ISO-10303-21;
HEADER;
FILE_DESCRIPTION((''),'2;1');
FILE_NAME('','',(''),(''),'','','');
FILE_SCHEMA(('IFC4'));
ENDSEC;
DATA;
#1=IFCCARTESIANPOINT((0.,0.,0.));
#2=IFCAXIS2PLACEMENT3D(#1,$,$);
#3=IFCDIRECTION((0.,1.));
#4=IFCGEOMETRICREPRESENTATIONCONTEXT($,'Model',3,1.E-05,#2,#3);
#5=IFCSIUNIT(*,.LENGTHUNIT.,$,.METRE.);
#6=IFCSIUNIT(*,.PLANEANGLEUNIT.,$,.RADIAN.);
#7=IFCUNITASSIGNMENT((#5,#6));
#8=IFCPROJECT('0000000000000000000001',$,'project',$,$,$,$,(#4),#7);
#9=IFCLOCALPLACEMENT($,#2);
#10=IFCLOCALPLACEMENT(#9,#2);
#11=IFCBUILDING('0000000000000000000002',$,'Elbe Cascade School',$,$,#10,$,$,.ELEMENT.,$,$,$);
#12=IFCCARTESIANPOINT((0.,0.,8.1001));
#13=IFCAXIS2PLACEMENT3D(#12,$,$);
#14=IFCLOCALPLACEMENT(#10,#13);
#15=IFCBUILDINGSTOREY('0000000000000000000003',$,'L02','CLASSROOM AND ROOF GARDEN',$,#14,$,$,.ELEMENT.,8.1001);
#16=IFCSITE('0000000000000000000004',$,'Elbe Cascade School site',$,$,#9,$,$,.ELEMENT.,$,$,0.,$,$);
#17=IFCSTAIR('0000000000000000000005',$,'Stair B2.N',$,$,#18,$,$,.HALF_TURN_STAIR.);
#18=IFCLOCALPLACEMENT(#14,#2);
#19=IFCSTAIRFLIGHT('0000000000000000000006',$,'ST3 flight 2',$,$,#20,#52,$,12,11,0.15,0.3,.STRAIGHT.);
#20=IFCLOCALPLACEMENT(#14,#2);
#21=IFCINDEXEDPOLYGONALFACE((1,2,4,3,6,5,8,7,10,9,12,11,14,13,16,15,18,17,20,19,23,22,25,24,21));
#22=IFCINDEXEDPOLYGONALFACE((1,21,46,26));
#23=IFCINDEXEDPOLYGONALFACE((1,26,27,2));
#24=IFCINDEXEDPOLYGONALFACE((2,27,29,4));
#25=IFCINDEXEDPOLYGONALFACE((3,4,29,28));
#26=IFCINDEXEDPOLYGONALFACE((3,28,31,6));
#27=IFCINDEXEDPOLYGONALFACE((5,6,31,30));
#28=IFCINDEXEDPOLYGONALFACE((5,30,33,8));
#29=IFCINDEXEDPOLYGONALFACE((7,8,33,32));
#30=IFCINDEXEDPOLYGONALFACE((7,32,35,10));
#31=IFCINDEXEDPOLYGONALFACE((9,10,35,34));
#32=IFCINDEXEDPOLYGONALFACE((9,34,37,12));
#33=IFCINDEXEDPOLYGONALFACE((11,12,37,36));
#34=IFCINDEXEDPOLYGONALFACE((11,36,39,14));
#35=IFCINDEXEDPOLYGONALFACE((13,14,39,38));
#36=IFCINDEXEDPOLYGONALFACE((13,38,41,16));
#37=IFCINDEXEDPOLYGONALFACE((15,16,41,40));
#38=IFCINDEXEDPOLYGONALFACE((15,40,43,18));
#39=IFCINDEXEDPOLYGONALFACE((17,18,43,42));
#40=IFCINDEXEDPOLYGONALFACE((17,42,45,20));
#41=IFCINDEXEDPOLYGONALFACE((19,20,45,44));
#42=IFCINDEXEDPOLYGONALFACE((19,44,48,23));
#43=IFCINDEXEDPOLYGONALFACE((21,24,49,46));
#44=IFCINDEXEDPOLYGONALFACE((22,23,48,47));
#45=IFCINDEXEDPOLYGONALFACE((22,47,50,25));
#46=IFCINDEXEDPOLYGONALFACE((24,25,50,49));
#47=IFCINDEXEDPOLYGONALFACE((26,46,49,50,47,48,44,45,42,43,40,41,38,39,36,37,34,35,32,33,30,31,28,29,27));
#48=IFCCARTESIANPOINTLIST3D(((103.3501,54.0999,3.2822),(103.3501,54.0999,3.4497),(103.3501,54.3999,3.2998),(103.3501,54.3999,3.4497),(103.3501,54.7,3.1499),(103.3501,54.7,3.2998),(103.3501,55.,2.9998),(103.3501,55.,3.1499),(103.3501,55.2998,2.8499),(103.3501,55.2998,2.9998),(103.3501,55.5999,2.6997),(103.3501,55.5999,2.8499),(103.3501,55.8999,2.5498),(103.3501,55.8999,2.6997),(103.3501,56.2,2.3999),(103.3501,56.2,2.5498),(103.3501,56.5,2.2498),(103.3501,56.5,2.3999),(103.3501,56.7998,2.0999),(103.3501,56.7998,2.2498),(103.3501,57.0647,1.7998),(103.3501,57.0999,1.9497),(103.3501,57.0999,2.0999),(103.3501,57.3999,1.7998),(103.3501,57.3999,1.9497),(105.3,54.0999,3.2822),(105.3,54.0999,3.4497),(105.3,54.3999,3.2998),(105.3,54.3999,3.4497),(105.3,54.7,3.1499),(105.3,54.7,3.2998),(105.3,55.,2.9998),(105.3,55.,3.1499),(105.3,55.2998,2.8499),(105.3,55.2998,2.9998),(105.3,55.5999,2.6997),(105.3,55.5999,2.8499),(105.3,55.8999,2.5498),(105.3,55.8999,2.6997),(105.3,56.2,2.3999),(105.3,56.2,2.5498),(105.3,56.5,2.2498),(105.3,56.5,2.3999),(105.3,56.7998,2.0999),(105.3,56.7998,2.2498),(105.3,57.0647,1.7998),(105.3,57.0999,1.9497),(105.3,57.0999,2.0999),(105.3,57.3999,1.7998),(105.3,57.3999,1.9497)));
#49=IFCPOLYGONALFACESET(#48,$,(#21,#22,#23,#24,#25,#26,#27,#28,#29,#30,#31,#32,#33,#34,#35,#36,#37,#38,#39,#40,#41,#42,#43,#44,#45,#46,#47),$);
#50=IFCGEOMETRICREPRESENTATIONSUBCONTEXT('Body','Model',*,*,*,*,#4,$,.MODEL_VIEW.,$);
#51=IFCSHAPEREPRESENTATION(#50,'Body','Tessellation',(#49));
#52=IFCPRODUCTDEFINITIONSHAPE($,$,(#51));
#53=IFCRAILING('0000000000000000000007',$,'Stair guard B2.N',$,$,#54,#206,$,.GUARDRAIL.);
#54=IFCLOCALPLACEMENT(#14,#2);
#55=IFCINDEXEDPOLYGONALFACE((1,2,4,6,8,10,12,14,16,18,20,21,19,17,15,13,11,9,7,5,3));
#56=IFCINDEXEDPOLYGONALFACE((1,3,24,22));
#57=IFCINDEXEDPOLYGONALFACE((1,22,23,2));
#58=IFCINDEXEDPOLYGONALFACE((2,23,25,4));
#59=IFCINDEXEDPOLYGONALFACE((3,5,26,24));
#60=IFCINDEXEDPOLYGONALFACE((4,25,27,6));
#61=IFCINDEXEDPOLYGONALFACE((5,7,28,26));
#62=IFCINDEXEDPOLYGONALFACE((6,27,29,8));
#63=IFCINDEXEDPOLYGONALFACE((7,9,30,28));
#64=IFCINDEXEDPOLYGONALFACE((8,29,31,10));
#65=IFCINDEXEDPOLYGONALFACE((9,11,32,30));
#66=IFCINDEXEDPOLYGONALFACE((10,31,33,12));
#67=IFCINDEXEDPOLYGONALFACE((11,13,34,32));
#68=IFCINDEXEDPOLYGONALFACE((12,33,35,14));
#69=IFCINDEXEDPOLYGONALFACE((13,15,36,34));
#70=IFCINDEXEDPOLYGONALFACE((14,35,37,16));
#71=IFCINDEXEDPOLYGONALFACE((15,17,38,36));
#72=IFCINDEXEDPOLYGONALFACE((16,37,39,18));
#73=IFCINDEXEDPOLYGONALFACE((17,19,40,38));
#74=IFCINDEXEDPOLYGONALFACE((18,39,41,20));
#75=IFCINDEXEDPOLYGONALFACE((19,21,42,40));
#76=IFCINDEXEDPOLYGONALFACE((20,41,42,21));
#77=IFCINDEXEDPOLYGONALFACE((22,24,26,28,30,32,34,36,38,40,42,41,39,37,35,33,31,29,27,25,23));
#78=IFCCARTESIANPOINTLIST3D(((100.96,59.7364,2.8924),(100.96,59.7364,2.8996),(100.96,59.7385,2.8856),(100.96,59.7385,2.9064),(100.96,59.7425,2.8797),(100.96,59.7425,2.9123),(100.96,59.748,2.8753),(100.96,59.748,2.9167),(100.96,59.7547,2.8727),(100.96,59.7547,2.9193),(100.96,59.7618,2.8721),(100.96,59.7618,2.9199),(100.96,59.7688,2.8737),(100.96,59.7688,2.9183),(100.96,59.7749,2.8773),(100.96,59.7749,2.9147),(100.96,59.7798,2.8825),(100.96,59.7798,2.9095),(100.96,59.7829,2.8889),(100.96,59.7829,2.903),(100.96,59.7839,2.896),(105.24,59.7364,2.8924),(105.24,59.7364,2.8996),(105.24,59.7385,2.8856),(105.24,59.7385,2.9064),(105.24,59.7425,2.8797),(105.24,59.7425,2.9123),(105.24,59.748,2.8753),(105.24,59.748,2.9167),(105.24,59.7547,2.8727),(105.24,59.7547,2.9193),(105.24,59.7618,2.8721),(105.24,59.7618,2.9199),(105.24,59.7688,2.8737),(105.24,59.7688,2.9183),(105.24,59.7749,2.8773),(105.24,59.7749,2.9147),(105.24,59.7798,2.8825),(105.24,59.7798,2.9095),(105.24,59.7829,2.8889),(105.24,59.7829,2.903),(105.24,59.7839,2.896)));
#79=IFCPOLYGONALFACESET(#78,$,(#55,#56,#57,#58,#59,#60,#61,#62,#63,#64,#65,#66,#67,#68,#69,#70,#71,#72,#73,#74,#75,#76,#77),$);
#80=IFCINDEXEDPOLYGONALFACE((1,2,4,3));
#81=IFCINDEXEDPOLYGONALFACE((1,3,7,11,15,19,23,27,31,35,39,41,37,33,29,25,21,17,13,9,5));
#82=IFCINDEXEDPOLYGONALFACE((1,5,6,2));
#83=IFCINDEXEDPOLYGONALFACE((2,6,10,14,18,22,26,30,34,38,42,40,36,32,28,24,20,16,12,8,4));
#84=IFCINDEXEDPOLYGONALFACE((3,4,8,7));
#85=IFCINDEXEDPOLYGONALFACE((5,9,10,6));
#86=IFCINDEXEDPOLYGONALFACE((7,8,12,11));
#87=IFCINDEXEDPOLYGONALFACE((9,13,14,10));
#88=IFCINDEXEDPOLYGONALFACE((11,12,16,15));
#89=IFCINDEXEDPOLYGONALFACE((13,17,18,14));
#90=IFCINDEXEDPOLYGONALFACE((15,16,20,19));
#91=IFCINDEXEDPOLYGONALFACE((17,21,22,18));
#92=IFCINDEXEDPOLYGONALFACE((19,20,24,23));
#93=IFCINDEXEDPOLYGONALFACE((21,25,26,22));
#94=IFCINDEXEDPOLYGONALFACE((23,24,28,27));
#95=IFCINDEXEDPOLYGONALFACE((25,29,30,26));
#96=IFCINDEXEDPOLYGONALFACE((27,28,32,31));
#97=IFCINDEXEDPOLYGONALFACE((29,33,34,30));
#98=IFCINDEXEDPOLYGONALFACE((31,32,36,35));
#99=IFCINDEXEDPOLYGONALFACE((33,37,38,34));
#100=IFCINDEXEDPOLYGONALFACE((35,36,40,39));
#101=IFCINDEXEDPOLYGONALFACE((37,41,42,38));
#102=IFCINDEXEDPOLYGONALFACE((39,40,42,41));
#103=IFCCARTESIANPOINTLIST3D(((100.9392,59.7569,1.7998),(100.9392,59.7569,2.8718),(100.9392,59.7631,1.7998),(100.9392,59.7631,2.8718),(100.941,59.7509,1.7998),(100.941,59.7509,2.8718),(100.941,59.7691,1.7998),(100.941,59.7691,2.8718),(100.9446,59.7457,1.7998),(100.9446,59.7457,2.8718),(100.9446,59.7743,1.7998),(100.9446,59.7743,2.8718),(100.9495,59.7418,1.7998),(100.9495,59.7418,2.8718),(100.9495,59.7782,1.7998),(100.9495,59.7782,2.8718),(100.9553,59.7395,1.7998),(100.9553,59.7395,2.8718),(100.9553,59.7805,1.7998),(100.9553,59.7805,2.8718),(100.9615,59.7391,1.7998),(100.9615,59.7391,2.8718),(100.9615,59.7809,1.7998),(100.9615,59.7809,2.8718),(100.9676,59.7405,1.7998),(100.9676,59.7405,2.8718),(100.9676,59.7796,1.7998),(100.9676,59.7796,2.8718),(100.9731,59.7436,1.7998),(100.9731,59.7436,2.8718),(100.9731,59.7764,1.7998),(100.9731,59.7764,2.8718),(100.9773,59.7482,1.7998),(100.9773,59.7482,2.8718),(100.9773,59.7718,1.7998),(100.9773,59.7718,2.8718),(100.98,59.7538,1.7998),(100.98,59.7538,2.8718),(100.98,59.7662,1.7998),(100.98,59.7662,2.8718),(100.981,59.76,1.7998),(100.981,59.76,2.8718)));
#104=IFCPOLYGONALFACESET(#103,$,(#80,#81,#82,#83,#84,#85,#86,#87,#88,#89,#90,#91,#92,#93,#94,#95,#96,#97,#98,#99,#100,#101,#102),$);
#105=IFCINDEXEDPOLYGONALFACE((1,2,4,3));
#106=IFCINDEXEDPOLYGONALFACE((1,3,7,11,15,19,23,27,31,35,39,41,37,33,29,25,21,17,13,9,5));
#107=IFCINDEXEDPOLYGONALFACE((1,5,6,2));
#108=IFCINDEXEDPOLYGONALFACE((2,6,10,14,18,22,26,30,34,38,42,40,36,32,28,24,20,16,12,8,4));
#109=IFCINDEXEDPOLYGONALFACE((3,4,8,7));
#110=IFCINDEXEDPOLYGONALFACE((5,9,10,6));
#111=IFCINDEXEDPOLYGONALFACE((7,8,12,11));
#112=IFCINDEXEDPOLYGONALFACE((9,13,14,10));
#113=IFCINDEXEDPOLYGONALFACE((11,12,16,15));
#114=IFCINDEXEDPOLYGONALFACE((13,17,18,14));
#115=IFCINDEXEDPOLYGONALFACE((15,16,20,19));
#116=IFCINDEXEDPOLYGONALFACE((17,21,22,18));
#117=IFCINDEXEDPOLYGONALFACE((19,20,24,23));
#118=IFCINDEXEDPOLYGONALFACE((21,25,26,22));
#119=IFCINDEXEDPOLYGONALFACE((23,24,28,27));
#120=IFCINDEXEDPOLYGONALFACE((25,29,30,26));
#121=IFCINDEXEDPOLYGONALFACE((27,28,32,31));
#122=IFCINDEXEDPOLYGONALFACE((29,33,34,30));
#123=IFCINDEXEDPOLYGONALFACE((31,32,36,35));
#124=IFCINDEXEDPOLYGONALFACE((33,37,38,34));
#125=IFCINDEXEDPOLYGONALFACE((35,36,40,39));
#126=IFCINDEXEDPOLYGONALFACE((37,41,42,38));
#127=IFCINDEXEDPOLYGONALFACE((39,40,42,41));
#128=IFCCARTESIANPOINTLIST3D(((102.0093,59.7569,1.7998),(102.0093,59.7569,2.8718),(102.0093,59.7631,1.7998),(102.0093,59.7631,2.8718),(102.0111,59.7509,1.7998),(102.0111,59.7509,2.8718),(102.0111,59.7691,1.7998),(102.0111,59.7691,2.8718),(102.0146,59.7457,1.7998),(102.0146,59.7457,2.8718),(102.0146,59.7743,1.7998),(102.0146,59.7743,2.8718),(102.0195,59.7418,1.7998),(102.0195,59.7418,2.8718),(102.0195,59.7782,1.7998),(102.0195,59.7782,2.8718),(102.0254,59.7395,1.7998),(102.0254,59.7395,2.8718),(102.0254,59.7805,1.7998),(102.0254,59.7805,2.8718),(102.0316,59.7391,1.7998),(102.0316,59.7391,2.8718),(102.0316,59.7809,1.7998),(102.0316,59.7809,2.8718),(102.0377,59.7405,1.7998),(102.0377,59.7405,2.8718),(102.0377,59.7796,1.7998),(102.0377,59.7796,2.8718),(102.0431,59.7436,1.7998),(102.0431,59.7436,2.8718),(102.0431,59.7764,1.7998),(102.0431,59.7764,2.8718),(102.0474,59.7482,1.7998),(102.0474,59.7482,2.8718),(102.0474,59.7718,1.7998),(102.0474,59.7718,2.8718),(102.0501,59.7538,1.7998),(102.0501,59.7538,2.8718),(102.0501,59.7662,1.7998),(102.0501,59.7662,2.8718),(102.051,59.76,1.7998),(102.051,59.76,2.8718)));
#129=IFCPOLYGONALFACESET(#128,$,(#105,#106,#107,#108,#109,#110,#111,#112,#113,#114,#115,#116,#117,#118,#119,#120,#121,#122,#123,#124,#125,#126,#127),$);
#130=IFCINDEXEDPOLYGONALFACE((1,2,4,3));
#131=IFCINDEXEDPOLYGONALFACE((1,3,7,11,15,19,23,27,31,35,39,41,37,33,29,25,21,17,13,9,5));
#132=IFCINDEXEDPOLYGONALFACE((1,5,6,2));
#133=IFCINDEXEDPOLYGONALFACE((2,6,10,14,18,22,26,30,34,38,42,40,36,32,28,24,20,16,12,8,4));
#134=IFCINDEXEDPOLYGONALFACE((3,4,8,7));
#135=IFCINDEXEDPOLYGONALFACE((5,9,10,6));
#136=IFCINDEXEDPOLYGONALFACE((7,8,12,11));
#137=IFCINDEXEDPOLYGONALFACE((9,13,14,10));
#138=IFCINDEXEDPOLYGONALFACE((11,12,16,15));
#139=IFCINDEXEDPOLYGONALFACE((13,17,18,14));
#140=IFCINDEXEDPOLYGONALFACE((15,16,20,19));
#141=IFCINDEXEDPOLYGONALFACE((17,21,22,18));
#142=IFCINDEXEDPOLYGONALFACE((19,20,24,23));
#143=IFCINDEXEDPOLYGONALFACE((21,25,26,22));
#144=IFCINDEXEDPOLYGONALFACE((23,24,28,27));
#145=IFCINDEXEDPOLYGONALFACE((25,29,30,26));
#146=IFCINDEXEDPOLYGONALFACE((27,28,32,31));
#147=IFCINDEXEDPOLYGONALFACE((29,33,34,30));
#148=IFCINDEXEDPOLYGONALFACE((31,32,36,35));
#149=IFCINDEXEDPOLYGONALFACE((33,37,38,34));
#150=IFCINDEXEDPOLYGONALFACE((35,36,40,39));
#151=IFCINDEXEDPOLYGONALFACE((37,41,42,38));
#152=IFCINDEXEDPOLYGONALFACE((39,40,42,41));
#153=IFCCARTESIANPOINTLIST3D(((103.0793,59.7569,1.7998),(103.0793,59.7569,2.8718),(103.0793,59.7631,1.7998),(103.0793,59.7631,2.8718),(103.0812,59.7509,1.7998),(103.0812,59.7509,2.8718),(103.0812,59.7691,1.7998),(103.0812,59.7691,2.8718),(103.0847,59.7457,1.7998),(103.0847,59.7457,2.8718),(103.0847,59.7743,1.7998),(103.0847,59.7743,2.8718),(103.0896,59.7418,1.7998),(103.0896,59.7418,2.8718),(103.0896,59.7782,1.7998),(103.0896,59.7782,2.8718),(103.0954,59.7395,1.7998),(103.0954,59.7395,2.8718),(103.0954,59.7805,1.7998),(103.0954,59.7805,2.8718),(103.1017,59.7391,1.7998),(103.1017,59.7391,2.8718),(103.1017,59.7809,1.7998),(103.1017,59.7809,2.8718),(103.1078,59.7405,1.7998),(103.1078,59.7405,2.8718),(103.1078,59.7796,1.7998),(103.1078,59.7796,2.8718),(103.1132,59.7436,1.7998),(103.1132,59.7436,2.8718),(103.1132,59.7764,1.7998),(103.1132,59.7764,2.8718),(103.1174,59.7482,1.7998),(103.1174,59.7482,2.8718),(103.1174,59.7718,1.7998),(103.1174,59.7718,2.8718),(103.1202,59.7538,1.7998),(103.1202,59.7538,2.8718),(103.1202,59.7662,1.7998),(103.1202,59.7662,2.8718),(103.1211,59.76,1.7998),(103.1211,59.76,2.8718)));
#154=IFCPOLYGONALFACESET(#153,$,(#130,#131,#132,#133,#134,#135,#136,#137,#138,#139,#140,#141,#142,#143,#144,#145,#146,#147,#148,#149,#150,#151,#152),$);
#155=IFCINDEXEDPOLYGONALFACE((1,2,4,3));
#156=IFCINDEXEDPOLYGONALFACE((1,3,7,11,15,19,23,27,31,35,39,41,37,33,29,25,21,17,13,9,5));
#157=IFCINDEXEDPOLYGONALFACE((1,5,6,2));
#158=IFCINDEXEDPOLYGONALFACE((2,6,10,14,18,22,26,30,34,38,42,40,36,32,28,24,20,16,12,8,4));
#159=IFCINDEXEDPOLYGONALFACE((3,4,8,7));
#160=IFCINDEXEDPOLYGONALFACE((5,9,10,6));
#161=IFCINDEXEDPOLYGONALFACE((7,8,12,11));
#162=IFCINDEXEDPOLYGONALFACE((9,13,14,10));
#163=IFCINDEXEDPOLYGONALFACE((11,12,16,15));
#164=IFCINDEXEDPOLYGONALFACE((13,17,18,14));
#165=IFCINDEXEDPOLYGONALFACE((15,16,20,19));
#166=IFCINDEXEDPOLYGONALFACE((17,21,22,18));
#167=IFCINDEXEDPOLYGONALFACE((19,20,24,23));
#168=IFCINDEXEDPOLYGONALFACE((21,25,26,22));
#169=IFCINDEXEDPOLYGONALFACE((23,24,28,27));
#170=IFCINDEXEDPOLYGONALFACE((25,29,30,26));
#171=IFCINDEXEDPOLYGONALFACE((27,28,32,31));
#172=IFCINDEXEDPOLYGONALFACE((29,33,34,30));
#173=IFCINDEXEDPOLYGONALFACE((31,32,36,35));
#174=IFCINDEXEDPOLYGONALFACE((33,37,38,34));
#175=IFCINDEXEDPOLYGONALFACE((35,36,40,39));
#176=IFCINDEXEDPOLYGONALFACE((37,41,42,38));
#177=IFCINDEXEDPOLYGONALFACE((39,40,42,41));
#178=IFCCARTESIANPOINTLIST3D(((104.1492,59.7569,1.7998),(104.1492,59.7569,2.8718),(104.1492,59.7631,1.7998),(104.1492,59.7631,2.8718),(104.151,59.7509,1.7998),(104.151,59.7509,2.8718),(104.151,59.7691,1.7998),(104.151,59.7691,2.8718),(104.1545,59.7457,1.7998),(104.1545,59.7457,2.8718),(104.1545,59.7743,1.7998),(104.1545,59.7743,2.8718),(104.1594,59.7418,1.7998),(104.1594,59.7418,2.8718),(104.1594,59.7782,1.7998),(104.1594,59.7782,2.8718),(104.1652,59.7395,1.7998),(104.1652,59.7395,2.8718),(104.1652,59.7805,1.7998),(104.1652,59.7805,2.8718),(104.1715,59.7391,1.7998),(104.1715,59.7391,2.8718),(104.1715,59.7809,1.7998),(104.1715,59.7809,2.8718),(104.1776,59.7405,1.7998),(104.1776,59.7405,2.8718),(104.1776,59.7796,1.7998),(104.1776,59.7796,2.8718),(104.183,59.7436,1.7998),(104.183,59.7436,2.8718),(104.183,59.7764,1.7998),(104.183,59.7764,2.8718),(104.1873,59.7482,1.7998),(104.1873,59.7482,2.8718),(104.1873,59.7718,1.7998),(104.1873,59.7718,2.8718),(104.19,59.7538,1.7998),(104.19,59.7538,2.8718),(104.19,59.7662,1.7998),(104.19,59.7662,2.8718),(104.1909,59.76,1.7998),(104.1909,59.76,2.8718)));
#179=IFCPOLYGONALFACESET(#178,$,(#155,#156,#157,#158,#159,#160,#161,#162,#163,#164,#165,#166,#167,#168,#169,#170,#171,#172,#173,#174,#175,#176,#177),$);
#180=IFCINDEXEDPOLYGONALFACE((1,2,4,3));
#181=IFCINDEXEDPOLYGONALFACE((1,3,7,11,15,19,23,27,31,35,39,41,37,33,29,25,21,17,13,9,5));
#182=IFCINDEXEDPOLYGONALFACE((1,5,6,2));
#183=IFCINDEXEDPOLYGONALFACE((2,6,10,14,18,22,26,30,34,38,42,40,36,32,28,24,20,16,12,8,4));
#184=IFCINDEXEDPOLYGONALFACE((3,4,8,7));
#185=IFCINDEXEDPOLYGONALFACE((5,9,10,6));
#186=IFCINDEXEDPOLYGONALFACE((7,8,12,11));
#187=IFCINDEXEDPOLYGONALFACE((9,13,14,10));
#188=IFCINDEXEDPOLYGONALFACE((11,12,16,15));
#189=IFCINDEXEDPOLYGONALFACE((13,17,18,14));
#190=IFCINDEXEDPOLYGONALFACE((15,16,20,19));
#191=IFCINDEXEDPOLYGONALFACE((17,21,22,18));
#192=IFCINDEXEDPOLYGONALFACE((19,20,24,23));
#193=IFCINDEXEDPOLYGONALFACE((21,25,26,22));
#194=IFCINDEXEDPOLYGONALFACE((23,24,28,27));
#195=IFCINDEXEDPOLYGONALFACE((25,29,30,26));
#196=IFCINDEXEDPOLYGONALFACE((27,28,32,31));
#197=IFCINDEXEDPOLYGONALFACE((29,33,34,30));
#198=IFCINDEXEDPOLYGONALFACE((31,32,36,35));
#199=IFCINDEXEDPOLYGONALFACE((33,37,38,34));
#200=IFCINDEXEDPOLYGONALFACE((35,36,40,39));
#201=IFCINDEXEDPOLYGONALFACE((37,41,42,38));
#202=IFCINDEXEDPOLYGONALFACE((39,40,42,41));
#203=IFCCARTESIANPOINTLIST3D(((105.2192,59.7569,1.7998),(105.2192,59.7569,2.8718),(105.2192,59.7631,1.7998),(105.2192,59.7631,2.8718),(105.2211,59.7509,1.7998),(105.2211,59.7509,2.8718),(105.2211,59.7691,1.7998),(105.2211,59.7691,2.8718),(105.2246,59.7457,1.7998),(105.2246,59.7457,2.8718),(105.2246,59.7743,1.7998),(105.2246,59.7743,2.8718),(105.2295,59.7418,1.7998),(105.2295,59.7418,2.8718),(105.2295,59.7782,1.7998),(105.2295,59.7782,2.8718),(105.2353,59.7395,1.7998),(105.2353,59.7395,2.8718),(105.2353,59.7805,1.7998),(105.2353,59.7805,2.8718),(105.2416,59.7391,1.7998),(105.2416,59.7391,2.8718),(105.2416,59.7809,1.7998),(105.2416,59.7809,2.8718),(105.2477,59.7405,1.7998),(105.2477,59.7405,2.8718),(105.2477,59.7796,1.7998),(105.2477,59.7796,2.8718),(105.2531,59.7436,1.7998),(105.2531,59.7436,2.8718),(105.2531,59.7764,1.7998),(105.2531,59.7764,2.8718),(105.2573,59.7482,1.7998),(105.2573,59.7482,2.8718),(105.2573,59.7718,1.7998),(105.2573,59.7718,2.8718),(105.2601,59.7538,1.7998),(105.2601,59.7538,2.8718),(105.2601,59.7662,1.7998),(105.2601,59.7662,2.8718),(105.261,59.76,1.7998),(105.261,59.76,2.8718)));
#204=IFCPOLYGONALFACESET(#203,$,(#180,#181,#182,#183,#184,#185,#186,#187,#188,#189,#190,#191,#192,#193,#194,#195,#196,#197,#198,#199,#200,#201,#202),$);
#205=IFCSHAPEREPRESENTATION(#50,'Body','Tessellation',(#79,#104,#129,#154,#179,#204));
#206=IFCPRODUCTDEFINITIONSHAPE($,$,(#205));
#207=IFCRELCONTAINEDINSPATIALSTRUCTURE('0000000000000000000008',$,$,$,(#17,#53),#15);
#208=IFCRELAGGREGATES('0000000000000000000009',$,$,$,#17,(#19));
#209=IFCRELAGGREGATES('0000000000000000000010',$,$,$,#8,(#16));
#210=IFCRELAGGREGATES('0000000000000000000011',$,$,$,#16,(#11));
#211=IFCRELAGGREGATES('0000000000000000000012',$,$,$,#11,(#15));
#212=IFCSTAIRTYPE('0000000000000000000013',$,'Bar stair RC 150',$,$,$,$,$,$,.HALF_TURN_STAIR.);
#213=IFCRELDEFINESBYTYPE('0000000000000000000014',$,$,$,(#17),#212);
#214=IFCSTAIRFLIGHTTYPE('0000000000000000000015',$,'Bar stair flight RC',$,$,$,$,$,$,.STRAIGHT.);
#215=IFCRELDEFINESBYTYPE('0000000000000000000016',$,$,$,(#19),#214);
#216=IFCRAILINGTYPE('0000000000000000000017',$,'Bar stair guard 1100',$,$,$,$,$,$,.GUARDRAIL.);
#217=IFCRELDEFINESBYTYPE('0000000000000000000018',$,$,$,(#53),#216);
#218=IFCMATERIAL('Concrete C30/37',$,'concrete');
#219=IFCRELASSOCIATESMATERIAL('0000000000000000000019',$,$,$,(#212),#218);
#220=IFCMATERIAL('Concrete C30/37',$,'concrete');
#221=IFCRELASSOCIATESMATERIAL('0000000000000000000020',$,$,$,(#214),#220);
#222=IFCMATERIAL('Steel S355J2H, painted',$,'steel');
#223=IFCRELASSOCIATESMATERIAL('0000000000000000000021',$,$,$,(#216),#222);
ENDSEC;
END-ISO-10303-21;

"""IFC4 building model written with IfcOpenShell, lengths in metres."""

from ifc_helpers import new_model, si_unit, direction, frame, origin, origin_2d, place, context, subcontext, project, spatial, polyline, circle, outline, extrude, material, type_object, element, aggregate, save


model = new_model("IFC4")

# Units and contexts
model_context = context("Model", 3, precision=1e-05, world=origin(), true_north=direction((0.0, 1.0)))
body_context = subcontext(model_context, "Body", "Model", "MODEL_VIEW")
ifc_project = project(units=[si_unit("LENGTHUNIT", "METRE"), si_unit("PLANEANGLEUNIT", "RADIAN")], contexts=[model_context])

# Site, building, storey
site_placement = place(None, origin())
site = spatial("IfcSite", under=ifc_project, at=site_placement, Name="Elbe Cascade School site", CompositionType="ELEMENT", RefElevation=0.0)
building_placement = place(site_placement, origin())
building = spatial("IfcBuilding", under=site, at=building_placement, Name="Elbe Cascade School", CompositionType="ELEMENT")
storey_placement = place(building_placement, frame((0.0, 0.0, 8.1001)))
storey = spatial("IfcBuildingStorey", under=building, at=storey_placement, Name="L02", Description="CLASSROOM AND ROOF GARDEN", CompositionType="ELEMENT", Elevation=8.1001)

# Stair, stair flight
ifc_material_1 = material(Name="Concrete C30/37", Category="concrete")
stair_type = type_object("IfcStairType", Name="Bar stair RC 150", PredefinedType="HALF_TURN_STAIR", material=ifc_material_1)
stair_placement = place(storey_placement, origin())
stair = element("IfcStair", 1, at=stair_placement, inside=storey, type_object=stair_type, Name="Stair B2.N", PredefinedType="HALF_TURN_STAIR")
ifc_material_2 = material(Name="Concrete C30/37", Category="concrete")
stair_flight_type = type_object("IfcStairFlightType", Name="Bar stair flight RC", PredefinedType="STRAIGHT", material=ifc_material_2)
stair_flight_placement = place(storey_placement, frame((104.325, 57.3999, 1.7998), z_axis=(0.0, 0.0, 1.0), x_axis=(0.0, -1.0, 0.0)))
stair_flight = element("IfcStairFlight", 2, at=stair_flight_placement, type_object=stair_flight_type, Name="ST3 flight 2", NumberOfRisers=12, NumberOfTreads=11, PredefinedType="STRAIGHT", RiserHeight=0.15, TreadLength=0.3, context=body_context, shape_type="SweptSolid", body=[
    extrude(outline(polyline([(0.0, 0.0), (0.0, 0.1499), (0.3, 0.1499), (0.3, 0.3), (0.6001, 0.3), (0.6001, 0.45), (0.8999, 0.45), (0.8999, 0.6001), (1.2, 0.6001), (1.2, 0.75), (1.5, 0.75), (1.5, 0.8999), (1.8, 0.8999), (1.8, 1.05), (2.1001, 1.05), (2.1001, 1.2), (2.3999, 1.2), (2.3999, 1.3501), (2.7, 1.3501), (2.7, 1.5), (3.0, 1.5), (3.0, 1.6499), (3.3, 1.6499), (3.3, 1.8), (3.3, 1.4824), (0.3352, 0.0), (0.0, 0.0)])), frame((0.0, 0.9751, 0.0), z_axis=(0.0, -1.0, 0.0), x_axis=(1.0, 0.0, 0.0)), (0.0, 0.0, 1.0), 1.95),
])
aggregate(stair, [stair_flight])

# Railing
ifc_material_3 = material(Name="Steel S355J2H, painted", Category="steel")
railing_type = type_object("IfcRailingType", Name="Bar stair guard 1100", PredefinedType="GUARDRAIL", material=ifc_material_3)
railing_placement = place(storey_placement, frame((100.96, 59.76, 1.7998)))
element("IfcRailing", 3, at=railing_placement, inside=storey, type_object=railing_type, Name="Stair guard B2.N", PredefinedType="GUARDRAIL", context=body_context, shape_type="SweptSolid", body=[
    extrude(circle(Radius=0.0239, at=origin_2d()), frame((0.0, 0.0, 1.0962), z_axis=(1.0, 0.0, 0.0), x_axis=(0.0, 1.0, 0.0)), (0.0, 0.0, 1.0), 4.28),
    extrude(circle(Radius=0.021, at=origin_2d()), origin(), (0.0, 0.0, 1.0), 1.072),
    extrude(circle(Radius=0.021, at=origin_2d()), frame((1.0701, 0.0, 0.0)), (0.0, 0.0, 1.0), 1.072),
    extrude(circle(Radius=0.021, at=origin_2d()), frame((2.1401, 0.0, 0.0)), (0.0, 0.0, 1.0), 1.072),
    extrude(circle(Radius=0.021, at=origin_2d()), frame((3.21, 0.0, 0.0)), (0.0, 0.0, 1.0), 1.072),
    extrude(circle(Radius=0.021, at=origin_2d()), frame((4.28, 0.0, 0.0)), (0.0, 0.0, 1.0), 1.072),
])

save(model, "model.ifc")
